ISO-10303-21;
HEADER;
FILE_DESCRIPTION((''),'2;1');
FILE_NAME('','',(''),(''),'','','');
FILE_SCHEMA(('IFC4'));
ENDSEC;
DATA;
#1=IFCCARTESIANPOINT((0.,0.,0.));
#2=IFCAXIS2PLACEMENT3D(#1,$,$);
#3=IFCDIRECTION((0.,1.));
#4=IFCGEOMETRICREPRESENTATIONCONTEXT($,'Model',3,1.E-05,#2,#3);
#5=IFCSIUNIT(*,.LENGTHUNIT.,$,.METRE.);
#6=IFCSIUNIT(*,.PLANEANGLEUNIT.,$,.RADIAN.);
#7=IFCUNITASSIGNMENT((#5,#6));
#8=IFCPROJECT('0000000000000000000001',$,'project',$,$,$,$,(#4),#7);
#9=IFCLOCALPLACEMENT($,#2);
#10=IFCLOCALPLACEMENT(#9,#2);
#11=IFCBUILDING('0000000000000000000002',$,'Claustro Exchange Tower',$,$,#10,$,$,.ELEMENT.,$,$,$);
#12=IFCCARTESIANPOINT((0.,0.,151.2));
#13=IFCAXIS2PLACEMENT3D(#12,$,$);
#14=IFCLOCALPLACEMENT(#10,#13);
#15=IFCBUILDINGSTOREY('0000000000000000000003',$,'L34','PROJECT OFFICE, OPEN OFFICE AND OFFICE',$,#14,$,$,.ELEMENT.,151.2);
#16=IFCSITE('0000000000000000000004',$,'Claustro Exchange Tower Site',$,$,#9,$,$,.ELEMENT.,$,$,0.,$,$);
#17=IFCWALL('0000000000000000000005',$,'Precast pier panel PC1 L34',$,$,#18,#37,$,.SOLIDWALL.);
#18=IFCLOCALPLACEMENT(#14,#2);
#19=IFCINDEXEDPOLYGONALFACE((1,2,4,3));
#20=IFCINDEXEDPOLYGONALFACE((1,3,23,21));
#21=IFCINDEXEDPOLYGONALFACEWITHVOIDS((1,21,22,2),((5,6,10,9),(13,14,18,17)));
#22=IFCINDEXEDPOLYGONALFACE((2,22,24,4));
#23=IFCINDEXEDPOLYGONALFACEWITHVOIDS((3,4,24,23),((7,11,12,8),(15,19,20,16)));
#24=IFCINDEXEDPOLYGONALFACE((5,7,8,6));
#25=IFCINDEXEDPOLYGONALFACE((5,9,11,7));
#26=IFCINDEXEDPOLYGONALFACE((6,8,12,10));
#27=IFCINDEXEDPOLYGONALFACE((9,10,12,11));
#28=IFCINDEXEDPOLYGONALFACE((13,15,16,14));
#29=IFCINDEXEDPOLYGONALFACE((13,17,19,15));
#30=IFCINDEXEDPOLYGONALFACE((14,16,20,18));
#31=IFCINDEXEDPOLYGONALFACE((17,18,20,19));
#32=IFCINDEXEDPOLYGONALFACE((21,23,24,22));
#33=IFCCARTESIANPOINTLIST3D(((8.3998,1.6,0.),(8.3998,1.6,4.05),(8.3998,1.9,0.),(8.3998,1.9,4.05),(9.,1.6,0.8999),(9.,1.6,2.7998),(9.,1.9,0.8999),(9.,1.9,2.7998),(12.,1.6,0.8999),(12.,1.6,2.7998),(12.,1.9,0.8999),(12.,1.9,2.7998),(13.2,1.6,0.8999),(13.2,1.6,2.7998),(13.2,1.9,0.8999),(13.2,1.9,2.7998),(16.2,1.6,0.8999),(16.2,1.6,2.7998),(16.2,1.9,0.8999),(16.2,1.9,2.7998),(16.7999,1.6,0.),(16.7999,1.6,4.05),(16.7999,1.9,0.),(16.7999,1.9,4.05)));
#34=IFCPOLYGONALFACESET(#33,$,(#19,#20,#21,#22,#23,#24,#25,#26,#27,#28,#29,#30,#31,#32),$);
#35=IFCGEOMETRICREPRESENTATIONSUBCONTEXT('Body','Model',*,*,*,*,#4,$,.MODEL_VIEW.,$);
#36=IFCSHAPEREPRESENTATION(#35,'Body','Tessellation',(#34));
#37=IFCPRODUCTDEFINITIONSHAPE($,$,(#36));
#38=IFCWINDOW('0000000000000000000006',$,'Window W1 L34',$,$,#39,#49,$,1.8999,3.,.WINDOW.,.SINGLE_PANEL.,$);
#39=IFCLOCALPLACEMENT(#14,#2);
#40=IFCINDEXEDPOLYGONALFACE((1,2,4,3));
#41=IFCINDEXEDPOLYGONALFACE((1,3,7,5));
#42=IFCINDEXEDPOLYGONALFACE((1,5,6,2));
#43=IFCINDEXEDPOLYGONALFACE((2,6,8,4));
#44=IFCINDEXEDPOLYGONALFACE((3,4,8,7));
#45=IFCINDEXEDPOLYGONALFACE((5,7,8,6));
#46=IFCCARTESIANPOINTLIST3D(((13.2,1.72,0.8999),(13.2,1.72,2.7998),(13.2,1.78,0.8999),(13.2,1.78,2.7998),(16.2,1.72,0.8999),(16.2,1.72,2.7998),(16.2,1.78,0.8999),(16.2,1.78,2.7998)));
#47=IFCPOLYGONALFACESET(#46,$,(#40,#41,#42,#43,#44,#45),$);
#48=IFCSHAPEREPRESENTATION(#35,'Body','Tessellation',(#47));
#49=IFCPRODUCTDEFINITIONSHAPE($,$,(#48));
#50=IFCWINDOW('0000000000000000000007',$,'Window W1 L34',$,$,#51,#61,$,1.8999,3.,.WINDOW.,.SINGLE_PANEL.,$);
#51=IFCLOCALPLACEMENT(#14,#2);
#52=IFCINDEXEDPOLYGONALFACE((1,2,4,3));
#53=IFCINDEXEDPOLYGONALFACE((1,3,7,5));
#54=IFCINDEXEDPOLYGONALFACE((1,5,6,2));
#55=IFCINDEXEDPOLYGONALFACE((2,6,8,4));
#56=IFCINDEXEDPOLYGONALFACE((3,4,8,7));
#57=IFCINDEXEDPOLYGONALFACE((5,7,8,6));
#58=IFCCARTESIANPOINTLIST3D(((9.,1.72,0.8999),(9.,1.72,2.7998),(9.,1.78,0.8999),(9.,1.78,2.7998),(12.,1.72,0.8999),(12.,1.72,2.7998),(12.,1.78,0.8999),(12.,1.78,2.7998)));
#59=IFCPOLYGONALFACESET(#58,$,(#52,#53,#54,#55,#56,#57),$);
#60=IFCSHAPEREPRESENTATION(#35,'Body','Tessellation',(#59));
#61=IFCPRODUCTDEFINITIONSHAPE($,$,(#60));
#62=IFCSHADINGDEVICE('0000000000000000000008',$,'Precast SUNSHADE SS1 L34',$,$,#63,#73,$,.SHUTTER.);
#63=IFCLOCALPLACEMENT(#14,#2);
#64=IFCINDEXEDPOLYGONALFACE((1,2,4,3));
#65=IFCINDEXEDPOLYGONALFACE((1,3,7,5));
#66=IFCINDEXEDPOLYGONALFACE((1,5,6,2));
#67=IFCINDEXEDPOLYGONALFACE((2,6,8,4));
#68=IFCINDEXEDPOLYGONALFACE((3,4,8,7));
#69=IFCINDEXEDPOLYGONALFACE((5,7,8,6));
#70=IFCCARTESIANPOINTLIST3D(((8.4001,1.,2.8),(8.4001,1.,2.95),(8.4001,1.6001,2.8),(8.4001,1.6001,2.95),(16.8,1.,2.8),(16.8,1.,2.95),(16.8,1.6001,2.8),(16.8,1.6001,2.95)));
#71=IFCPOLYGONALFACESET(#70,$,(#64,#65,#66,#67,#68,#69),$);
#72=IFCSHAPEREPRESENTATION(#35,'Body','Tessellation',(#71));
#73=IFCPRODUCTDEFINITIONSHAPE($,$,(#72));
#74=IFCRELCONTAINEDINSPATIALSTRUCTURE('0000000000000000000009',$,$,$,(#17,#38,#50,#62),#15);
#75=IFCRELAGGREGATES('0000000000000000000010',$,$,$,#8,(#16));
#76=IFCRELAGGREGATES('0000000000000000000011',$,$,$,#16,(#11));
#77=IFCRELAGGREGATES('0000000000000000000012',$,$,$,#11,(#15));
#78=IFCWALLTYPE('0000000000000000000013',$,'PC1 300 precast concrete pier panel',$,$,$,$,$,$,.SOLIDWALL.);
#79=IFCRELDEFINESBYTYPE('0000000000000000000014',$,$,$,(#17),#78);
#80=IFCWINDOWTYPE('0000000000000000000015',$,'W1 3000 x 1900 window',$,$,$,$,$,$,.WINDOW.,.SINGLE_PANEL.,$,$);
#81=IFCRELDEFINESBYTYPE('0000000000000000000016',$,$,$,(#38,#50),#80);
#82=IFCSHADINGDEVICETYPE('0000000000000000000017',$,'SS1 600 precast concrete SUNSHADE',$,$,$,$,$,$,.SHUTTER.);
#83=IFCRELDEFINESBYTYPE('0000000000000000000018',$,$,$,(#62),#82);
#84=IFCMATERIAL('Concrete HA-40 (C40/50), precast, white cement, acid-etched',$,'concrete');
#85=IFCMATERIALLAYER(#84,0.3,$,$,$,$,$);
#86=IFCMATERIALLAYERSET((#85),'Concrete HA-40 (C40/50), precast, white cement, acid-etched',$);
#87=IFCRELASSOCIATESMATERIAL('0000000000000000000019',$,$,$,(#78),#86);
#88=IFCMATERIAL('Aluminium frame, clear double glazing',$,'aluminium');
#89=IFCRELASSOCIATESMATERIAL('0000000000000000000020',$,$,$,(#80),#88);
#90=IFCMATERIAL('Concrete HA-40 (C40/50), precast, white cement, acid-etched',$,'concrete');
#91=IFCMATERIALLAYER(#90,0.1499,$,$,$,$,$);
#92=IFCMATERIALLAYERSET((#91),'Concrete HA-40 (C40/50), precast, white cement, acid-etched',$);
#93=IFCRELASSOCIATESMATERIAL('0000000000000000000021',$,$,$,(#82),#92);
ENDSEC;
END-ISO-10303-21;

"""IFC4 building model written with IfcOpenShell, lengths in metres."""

from ifc_helpers import new_model, si_unit, direction, frame, frame_2d, origin, origin_2d, place, context, subcontext, project, spatial, rectangle, extrude, material, layer, layer_set, type_object, element, fill, save


model = new_model("IFC4")

# Units and contexts
model_context = context("Model", 3, precision=1e-05, world=origin(), true_north=direction((0.0, 1.0)))
body_context = subcontext(model_context, "Body", "Model", "MODEL_VIEW")
ifc_project = project(units=[si_unit("LENGTHUNIT", "METRE"), si_unit("PLANEANGLEUNIT", "RADIAN")], contexts=[model_context])

# Site, building, storey
site_placement = place(None, origin())
site = spatial("IfcSite", under=ifc_project, at=site_placement, Name="Claustro Exchange Tower Site", CompositionType="ELEMENT", RefElevation=0.0)
building_placement = place(site_placement, origin())
building = spatial("IfcBuilding", under=site, at=building_placement, Name="Claustro Exchange Tower", CompositionType="ELEMENT")
storey_placement = place(building_placement, frame((0.0, 0.0, 151.2)))
storey = spatial("IfcBuildingStorey", under=building, at=storey_placement, Name="L34", Description="PROJECT OFFICE, OPEN OFFICE AND OFFICE", CompositionType="ELEMENT", Elevation=151.2)

# Wall, openings, windows
ifc_material_1 = material(Name="Concrete HA-40 (C40/50), precast, white cement, acid-etched", Category="concrete")
ifc_layer_1 = layer(ifc_material_1, 0.3)
ifc_layer_set_1 = layer_set([ifc_layer_1], Name="Concrete HA-40 (C40/50), precast, white cement, acid-etched")
wall_type_1 = type_object("IfcWallType", Name="PC1 300 precast concrete pier panel", PredefinedType="SOLIDWALL", material=ifc_layer_set_1)
wall_1_placement = place(storey_placement, frame((16.8, 1.75, 0.0), z_axis=(0.0, 0.0, 1.0), x_axis=(-1.0, 0.0, 0.0)))
wall_1 = element("IfcWall", 1, at=wall_1_placement, inside=storey, type_object=wall_type_1, Name="Precast pier panel PC1 L34", PredefinedType="SOLIDWALL", context=body_context, shape_type="SweptSolid", body=[
    extrude(rectangle(XDim=8.4001, YDim=0.3, at=frame_2d((4.2002, 0.0))), origin(), (0.0, 0.0, 1.0), 4.05),
])
opening_1_placement = place(wall_1_placement, frame((0.6001, 0.0, 0.8999)))
opening_1 = element("IfcOpeningElement", 2, at=opening_1_placement, cuts=wall_1, PredefinedType="OPENING", context=body_context, shape_type="SweptSolid", body=[
    extrude(rectangle(XDim=3.0, YDim=1.8999, at=frame_2d((1.5, 0.95))), frame((0.0, 0.1599, 0.0), z_axis=(0.0, -1.0, 0.0), x_axis=(1.0, 0.0, 0.0)), (0.0, 0.0, 1.0), 0.3201),
])
opening_2_placement = place(wall_1_placement, frame((4.8, 0.0, 0.8999)))
opening_2 = element("IfcOpeningElement", 3, at=opening_2_placement, cuts=wall_1, PredefinedType="OPENING", context=body_context, shape_type="SweptSolid", body=[
    extrude(rectangle(XDim=3.0, YDim=1.8999, at=frame_2d((1.5, 0.95))), frame((0.0, 0.1599, 0.0), z_axis=(0.0, -1.0, 0.0), x_axis=(1.0, 0.0, 0.0)), (0.0, 0.0, 1.0), 0.3201),
])
ifc_material_2 = material(Name="Aluminium frame, clear double glazing", Category="aluminium")
window_type = type_object("IfcWindowType", Name="W1 3000 x 1900 window", PartitioningType="SINGLE_PANEL", PredefinedType="WINDOW", material=ifc_material_2)
window_1_placement = place(opening_1_placement, origin())
window_1 = element("IfcWindow", 4, at=window_1_placement, inside=storey, type_object=window_type, Name="Window W1 L34", OverallHeight=1.8999, OverallWidth=3.0, PartitioningType="SINGLE_PANEL", PredefinedType="WINDOW", context=body_context, shape_type="SweptSolid", body=[
    extrude(rectangle(XDim=3.0, YDim=1.8999, at=frame_2d((1.5, 0.95))), frame((0.0, 0.03, 0.0), z_axis=(0.0, -1.0, 0.0), x_axis=(1.0, 0.0, 0.0)), (0.0, 0.0, 1.0), 0.0601),
])
fill(opening_1, window_1)
window_2_placement = place(opening_2_placement, origin())
window_2 = element("IfcWindow", 5, at=window_2_placement, inside=storey, type_object=window_type, Name="Window W1 L34", OverallHeight=1.8999, OverallWidth=3.0, PartitioningType="SINGLE_PANEL", PredefinedType="WINDOW", context=body_context, shape_type="SweptSolid", body=[
    extrude(rectangle(XDim=3.0, YDim=1.8999, at=frame_2d((1.5, 0.95))), frame((0.0, 0.03, 0.0), z_axis=(0.0, -1.0, 0.0), x_axis=(1.0, 0.0, 0.0)), (0.0, 0.0, 1.0), 0.0601),
])
fill(opening_2, window_2)

# Shading device
ifc_material_3 = material(Name="Concrete HA-40 (C40/50), precast, white cement, acid-etched", Category="concrete")
ifc_layer_2 = layer(ifc_material_3, 0.1499)
ifc_layer_set_2 = layer_set([ifc_layer_2], Name="Concrete HA-40 (C40/50), precast, white cement, acid-etched")
shading_device_type = type_object("IfcShadingDeviceType", Name="SS1 600 precast concrete SUNSHADE", PredefinedType="SHUTTER", material=ifc_layer_set_2)
shading_device_placement = place(storey_placement, frame((12.6001, 1.3, 2.8), z_axis=(0.0, 0.0, 1.0), x_axis=(-1.0, 0.0, 0.0)))
element("IfcShadingDevice", 6, at=shading_device_placement, inside=storey, type_object=shading_device_type, Name="Precast SUNSHADE SS1 L34", PredefinedType="SHUTTER", context=body_context, shape_type="SweptSolid", body=[
    extrude(rectangle(XDim=8.3999, YDim=0.6001, at=origin_2d()), origin(), (0.0, 0.0, 1.0), 0.1499),
])

save(model, "model.ifc")
